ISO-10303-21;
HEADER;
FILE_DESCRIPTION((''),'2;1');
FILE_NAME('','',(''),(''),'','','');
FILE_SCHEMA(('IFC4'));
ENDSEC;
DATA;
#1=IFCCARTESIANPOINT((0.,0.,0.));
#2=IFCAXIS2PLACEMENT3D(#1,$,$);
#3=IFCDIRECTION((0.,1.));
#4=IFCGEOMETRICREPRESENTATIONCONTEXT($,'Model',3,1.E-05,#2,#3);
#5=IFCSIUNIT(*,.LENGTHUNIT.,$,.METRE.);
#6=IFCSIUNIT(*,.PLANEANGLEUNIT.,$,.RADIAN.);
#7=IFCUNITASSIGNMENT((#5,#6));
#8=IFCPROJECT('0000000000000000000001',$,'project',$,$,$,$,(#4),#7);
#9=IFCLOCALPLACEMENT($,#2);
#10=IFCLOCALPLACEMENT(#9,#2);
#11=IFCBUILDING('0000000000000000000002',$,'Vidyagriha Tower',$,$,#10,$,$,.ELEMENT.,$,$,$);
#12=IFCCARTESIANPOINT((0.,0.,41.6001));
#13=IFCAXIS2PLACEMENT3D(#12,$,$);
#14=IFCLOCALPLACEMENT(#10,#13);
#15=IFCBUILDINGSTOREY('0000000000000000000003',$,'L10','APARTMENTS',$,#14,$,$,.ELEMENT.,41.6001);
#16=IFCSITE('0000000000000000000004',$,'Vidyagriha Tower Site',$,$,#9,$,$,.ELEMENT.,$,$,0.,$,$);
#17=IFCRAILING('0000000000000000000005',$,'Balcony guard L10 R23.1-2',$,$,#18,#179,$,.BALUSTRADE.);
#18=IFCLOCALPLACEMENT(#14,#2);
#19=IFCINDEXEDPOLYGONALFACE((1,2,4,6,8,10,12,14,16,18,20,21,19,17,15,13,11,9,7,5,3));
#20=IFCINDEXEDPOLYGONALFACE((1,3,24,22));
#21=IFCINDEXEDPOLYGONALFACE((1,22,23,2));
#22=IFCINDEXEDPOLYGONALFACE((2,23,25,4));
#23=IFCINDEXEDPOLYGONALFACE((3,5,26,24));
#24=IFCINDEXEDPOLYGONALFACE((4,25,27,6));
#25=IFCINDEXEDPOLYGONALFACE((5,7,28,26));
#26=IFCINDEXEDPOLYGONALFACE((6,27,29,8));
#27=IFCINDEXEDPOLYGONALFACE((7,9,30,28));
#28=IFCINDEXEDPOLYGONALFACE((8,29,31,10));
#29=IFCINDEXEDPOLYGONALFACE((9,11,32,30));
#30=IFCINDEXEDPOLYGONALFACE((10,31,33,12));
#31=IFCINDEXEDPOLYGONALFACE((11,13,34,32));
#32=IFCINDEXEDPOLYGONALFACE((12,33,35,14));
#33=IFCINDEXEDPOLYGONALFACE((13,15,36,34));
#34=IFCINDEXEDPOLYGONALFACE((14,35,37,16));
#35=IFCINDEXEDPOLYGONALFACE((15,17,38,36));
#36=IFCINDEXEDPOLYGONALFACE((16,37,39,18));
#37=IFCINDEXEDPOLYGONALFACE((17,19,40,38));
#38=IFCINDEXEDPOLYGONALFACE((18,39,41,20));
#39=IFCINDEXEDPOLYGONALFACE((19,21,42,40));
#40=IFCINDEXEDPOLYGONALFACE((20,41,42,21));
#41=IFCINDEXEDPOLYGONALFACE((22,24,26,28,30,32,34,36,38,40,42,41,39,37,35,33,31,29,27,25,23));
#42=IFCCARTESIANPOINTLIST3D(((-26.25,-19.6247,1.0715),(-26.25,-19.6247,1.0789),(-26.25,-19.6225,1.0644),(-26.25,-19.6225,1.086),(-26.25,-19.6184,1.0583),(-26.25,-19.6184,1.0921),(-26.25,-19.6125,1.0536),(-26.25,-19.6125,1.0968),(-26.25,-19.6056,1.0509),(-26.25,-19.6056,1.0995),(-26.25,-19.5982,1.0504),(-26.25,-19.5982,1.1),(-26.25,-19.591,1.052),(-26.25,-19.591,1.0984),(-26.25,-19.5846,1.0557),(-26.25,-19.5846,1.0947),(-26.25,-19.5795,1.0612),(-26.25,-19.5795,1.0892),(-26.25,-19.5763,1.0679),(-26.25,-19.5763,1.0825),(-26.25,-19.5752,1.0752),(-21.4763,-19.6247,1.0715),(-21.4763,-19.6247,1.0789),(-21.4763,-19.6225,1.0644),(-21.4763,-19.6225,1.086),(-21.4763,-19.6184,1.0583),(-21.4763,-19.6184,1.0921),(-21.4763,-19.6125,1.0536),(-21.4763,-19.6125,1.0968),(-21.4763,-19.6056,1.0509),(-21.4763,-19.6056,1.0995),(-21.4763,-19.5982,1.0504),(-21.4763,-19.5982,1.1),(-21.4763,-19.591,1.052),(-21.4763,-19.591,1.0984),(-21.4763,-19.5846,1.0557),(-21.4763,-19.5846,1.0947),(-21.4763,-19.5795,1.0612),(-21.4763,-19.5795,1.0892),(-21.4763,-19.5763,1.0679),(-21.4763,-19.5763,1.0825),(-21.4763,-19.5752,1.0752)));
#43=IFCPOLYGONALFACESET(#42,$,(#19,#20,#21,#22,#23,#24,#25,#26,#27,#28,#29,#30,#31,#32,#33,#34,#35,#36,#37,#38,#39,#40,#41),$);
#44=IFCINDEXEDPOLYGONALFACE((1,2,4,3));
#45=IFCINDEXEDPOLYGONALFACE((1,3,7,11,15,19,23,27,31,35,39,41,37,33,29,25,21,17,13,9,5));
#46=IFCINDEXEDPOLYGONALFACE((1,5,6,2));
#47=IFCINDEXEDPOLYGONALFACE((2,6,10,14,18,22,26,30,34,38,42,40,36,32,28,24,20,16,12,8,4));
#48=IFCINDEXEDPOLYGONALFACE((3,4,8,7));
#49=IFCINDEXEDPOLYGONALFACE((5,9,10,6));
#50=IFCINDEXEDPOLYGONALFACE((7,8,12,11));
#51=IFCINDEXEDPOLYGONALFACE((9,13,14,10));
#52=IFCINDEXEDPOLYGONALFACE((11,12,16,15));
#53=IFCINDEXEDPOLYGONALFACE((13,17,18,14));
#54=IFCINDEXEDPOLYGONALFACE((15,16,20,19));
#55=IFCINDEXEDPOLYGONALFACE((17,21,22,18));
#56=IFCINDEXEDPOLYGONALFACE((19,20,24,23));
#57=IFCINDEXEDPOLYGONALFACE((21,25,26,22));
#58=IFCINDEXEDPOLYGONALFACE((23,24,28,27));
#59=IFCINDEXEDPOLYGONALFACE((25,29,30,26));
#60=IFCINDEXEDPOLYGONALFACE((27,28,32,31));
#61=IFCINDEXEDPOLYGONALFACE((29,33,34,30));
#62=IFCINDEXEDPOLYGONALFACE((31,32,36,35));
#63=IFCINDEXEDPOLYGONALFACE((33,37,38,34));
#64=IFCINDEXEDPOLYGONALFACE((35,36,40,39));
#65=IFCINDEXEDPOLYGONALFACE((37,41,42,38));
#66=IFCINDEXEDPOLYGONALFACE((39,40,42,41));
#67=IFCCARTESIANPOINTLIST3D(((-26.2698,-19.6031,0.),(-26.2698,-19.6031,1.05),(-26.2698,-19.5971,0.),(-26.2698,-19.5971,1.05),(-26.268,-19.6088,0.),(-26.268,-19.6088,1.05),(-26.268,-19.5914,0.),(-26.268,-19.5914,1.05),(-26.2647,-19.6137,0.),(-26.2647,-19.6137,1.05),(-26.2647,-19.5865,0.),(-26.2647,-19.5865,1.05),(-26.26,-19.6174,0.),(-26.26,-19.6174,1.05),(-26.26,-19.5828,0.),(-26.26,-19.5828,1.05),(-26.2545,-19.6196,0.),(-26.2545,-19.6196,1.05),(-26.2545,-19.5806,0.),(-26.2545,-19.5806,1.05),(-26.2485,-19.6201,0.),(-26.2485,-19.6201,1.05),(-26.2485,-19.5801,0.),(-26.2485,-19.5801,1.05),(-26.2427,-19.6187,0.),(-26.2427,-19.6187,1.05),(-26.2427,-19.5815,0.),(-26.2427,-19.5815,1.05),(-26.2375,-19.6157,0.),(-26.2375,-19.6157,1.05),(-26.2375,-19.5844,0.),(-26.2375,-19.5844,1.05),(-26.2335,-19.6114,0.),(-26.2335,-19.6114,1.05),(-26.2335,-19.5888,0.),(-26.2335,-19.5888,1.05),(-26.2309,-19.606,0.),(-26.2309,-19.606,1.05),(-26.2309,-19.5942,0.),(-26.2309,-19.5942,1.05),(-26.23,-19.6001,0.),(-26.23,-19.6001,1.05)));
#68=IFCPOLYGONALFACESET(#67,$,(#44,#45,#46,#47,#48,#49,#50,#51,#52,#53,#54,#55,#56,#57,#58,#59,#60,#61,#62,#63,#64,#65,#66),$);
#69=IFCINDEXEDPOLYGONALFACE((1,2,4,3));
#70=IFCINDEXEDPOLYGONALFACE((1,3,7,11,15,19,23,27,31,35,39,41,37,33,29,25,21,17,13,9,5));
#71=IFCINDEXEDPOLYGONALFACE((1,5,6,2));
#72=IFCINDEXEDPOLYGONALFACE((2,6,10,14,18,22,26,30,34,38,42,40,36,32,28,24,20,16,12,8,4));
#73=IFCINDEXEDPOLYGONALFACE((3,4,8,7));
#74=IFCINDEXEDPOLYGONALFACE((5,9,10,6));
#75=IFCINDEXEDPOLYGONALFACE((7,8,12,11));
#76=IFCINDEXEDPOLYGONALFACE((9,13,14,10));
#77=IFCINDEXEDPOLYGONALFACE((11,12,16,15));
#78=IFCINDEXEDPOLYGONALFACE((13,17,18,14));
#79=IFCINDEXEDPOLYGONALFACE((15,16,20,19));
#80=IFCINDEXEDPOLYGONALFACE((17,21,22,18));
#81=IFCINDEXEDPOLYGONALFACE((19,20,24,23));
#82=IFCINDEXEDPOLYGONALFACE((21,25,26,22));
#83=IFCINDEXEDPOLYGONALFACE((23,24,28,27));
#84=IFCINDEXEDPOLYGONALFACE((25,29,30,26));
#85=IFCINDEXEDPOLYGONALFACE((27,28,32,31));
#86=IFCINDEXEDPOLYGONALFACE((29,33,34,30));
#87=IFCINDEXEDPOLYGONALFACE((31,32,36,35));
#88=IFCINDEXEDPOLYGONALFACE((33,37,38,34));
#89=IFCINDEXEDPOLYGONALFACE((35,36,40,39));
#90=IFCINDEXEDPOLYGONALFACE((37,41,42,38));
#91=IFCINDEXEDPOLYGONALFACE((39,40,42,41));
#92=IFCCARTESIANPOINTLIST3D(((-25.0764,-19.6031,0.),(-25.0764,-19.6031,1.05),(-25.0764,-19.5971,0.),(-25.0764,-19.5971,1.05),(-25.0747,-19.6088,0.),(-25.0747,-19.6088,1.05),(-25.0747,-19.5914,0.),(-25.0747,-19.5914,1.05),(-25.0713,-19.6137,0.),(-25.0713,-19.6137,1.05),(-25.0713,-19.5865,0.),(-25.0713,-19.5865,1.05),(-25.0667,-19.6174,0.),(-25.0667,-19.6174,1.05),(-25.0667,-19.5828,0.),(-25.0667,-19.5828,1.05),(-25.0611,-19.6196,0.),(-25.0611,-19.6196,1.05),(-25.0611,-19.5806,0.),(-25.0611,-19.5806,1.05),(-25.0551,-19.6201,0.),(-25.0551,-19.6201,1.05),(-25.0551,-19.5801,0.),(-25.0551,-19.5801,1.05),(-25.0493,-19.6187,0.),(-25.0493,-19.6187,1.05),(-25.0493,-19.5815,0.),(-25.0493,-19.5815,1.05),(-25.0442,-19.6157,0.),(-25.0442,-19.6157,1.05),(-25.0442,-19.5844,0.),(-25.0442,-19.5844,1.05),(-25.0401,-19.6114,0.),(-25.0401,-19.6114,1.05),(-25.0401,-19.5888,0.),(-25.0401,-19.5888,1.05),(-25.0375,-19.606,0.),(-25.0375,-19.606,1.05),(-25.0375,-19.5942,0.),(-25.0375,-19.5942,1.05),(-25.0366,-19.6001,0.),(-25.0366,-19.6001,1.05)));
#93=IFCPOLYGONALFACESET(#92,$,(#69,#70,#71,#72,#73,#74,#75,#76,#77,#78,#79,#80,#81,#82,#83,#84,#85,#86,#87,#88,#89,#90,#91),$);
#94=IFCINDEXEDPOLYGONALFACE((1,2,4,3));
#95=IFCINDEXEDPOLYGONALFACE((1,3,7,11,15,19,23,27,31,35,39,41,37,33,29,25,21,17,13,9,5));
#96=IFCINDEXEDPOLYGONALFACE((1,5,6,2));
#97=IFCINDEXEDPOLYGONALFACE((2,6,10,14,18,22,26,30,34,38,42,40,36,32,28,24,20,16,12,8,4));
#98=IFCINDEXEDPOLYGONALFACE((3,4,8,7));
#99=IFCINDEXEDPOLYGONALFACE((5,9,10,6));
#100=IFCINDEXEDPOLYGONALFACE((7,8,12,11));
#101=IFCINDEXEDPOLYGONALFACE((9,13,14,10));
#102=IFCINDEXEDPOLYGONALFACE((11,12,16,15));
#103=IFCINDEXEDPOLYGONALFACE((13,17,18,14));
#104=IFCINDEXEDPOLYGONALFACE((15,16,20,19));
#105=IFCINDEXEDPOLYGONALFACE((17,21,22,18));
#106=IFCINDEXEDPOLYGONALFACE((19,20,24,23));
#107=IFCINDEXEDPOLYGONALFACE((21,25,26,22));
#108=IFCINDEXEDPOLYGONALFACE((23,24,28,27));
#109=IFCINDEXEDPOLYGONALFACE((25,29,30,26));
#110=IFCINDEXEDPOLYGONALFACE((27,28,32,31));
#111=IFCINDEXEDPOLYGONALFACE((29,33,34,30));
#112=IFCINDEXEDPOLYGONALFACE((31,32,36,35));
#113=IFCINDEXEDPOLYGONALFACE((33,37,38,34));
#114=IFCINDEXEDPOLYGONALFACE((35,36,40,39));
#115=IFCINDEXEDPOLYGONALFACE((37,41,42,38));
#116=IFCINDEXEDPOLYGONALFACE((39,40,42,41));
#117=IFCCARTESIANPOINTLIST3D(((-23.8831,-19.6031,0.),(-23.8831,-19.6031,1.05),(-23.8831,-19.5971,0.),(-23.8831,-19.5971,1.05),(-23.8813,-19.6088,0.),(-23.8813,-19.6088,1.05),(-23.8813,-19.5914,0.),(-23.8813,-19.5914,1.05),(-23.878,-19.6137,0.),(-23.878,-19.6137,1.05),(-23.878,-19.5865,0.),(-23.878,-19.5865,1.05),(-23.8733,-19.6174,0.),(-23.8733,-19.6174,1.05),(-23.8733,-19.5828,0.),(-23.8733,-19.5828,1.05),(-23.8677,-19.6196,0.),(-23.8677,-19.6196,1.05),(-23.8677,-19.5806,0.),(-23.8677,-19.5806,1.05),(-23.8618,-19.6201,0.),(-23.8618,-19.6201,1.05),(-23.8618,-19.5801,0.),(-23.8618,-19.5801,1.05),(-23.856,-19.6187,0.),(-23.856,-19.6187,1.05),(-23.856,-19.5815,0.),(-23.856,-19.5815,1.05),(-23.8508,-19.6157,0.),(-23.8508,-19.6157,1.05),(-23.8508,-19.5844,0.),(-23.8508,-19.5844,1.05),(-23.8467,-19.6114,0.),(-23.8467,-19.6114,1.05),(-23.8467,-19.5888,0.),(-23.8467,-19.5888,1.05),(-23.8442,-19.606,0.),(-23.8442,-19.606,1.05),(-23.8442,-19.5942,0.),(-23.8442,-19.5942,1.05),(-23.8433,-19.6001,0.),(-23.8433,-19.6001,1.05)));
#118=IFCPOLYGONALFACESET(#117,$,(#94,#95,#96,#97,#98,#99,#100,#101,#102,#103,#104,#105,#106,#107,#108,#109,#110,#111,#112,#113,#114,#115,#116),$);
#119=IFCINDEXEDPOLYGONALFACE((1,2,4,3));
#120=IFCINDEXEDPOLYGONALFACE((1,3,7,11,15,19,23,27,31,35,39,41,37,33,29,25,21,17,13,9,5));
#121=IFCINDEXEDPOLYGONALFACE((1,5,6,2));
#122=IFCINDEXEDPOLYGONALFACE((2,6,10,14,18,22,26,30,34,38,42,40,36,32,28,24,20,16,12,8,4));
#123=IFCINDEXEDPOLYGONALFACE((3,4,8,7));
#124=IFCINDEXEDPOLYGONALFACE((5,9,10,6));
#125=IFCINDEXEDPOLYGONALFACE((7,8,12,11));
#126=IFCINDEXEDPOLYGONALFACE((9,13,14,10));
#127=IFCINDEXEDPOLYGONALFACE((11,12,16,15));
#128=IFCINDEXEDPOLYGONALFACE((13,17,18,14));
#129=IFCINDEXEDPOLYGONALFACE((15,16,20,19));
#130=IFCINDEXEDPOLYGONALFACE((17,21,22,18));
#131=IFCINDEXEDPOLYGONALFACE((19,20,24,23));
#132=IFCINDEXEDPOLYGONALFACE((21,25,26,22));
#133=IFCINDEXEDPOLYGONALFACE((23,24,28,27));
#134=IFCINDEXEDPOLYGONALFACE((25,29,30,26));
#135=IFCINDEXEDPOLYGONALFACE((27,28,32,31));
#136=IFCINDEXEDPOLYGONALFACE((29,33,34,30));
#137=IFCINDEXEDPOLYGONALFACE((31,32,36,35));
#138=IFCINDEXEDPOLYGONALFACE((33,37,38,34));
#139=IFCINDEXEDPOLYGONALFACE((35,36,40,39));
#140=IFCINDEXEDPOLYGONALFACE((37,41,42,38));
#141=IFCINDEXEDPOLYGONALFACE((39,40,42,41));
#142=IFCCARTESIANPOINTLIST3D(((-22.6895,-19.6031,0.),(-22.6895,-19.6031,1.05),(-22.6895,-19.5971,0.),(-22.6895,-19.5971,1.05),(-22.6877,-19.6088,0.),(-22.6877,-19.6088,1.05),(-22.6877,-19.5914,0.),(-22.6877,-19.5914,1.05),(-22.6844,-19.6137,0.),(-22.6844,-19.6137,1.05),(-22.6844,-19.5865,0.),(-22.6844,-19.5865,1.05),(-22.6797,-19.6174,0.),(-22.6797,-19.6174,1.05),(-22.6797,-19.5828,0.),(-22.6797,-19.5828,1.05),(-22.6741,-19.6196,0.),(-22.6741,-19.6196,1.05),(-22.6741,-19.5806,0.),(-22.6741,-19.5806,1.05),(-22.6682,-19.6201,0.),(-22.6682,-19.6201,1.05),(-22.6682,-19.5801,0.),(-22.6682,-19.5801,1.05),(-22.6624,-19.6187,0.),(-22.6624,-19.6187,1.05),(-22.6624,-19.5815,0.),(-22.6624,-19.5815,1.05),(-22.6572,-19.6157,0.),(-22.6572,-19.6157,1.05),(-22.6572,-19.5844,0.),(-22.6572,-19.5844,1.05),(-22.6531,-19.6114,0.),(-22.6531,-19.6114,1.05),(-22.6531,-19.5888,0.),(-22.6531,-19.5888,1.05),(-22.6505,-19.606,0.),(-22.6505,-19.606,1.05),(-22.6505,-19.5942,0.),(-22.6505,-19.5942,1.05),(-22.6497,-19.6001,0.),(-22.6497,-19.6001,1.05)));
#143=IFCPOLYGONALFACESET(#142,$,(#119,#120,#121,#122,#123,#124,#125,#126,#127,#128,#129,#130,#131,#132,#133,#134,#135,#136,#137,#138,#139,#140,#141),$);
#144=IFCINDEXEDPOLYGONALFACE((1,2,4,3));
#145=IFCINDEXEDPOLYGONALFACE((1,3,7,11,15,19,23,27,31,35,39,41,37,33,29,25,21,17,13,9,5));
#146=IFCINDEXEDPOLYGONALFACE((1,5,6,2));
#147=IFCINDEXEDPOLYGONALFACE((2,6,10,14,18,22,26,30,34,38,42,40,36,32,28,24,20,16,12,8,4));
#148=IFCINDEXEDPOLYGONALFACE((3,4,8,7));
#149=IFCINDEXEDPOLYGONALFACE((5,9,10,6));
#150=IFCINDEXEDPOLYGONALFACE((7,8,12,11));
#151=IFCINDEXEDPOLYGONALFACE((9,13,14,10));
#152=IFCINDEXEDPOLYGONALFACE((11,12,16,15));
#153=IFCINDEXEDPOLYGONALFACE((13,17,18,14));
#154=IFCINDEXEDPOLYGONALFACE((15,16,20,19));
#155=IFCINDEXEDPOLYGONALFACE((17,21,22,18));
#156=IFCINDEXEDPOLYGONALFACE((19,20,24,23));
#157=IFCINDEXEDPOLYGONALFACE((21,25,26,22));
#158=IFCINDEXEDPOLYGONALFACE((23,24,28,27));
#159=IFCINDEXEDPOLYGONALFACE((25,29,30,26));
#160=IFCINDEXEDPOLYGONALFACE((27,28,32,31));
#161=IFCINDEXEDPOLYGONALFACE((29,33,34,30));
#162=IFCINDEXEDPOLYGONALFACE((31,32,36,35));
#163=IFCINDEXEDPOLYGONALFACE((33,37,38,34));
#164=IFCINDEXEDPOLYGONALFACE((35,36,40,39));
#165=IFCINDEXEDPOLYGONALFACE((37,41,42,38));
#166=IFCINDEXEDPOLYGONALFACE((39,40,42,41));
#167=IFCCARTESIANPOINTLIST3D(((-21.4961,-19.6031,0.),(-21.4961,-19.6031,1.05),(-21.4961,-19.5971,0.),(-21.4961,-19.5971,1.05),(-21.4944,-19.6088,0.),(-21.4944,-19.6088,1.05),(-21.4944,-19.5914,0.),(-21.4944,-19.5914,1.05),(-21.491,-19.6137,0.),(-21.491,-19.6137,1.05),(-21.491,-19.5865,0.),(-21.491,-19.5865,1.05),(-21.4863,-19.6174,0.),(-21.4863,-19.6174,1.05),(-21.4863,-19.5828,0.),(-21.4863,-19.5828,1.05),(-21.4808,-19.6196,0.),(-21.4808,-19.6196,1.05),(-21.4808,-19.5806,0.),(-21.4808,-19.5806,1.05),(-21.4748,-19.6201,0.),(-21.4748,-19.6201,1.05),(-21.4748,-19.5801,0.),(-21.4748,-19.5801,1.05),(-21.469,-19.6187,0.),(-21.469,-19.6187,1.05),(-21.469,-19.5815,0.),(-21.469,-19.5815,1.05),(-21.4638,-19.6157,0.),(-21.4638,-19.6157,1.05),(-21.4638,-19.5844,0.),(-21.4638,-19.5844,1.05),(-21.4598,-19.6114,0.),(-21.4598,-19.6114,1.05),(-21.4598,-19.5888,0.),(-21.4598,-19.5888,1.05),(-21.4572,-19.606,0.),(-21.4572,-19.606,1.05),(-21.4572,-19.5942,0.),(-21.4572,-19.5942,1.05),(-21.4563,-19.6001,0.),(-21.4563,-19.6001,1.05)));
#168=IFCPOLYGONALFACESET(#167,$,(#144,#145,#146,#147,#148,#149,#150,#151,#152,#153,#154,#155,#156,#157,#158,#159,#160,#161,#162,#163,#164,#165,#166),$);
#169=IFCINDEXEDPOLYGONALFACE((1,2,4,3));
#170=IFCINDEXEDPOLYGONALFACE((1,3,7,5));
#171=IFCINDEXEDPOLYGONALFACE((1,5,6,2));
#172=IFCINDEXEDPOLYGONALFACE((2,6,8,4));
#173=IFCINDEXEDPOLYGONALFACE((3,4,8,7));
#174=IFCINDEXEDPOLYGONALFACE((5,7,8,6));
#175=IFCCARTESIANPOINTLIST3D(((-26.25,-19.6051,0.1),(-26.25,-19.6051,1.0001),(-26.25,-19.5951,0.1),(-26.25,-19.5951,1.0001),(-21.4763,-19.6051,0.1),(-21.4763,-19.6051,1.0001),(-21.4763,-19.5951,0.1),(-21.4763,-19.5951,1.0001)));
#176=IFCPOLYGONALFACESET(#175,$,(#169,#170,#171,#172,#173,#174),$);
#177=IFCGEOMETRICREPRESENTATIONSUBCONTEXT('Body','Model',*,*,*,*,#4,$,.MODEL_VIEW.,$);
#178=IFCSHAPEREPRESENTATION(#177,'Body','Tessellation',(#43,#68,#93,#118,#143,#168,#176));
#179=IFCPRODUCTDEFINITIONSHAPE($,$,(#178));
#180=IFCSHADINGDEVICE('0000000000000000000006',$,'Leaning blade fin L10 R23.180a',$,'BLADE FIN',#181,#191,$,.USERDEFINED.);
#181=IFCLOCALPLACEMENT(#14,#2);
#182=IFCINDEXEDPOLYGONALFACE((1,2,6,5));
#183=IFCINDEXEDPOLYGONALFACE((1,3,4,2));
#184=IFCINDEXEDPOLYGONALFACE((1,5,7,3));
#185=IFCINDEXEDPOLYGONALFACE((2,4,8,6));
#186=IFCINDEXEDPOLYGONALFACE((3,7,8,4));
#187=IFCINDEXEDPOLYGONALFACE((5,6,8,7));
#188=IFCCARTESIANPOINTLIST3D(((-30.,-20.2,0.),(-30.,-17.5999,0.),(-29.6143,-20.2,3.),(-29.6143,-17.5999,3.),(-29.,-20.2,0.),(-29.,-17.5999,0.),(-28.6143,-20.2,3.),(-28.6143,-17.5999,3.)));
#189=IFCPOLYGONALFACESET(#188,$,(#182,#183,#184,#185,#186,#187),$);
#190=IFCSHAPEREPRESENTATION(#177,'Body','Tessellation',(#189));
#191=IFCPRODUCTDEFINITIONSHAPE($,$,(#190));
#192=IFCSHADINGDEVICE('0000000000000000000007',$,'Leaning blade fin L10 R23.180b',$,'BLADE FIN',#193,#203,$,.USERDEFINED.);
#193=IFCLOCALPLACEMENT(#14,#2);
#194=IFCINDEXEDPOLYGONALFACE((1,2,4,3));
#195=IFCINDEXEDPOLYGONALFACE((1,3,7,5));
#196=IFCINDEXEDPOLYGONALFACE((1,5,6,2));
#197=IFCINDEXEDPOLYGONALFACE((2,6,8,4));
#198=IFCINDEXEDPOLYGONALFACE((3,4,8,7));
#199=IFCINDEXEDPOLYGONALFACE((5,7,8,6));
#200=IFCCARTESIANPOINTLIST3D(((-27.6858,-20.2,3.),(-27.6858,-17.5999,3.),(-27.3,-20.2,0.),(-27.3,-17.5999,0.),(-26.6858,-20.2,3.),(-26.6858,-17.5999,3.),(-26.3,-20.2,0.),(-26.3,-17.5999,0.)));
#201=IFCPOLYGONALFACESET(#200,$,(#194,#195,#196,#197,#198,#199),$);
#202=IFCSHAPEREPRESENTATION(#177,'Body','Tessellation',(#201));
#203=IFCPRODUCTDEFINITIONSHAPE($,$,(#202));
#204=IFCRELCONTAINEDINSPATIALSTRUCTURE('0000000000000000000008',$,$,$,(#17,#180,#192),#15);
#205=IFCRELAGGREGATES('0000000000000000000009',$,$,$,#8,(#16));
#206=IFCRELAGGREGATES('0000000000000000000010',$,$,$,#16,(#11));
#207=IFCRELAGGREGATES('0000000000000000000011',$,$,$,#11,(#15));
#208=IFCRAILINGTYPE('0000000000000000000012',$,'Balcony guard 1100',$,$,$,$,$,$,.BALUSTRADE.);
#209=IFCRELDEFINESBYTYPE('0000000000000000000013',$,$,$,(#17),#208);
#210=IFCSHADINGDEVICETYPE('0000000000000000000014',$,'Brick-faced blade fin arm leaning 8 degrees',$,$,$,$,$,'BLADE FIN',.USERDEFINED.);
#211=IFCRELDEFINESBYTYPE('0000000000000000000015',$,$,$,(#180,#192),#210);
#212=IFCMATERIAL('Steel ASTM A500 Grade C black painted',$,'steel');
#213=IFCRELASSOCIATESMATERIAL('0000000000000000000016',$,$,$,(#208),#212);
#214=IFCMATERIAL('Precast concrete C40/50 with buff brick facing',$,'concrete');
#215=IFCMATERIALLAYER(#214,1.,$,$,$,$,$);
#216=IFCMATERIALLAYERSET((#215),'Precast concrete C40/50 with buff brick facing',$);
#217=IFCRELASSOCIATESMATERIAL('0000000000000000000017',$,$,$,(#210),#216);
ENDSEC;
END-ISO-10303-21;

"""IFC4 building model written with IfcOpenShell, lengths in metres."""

from ifc_helpers import new_model, si_unit, direction, frame, origin, origin_2d, place, context, subcontext, project, spatial, polyline, rectangle, circle, outline, extrude, material, layer, layer_set, type_object, element, save


model = new_model("IFC4")

# Units and contexts
model_context = context("Model", 3, precision=1e-05, world=origin(), true_north=direction((0.0, 1.0)))
body_context = subcontext(model_context, "Body", "Model", "MODEL_VIEW")
ifc_project = project(units=[si_unit("LENGTHUNIT", "METRE"), si_unit("PLANEANGLEUNIT", "RADIAN")], contexts=[model_context])

# Site, building, storey
site_placement = place(None, origin())
site = spatial("IfcSite", under=ifc_project, at=site_placement, Name="Vidyagriha Tower Site", CompositionType="ELEMENT", RefElevation=0.0)
building_placement = place(site_placement, origin())
building = spatial("IfcBuilding", under=site, at=building_placement, Name="Vidyagriha Tower", CompositionType="ELEMENT")
storey_placement = place(building_placement, frame((0.0, 0.0, 41.6001)))
storey = spatial("IfcBuildingStorey", under=building, at=storey_placement, Name="L10", Description="APARTMENTS", CompositionType="ELEMENT", Elevation=41.6001)

# Railing
ifc_material_1 = material(Name="Steel ASTM A500 Grade C black painted", Category="steel")
railing_type_1 = type_object("IfcRailingType", Name="Balcony guard 1100", PredefinedType="BALUSTRADE", material=ifc_material_1)
railing_1_placement = place(storey_placement, frame((-26.25, -19.6001, 0.0)))
element("IfcRailing", 1, at=railing_1_placement, inside=storey, type_object=railing_type_1, Name="Balcony guard L10 R23.1-2", PredefinedType="BALUSTRADE", context=body_context, shape_type="SweptSolid", body=[
    extrude(circle(Radius=0.0249, at=origin_2d()), frame((0.0, 0.0, 1.0752), z_axis=(1.0, 0.0, 0.0), x_axis=(0.0, 1.0, 0.0)), (0.0, 0.0, 1.0), 4.7737),
    extrude(circle(Radius=0.02, at=origin_2d()), origin(), (0.0, 0.0, 1.0), 1.05),
    extrude(circle(Radius=0.02, at=origin_2d()), frame((1.1934, 0.0, 0.0)), (0.0, 0.0, 1.0), 1.05),
    extrude(circle(Radius=0.02, at=origin_2d()), frame((2.3867, 0.0, 0.0)), (0.0, 0.0, 1.0), 1.05),
    extrude(circle(Radius=0.02, at=origin_2d()), frame((3.5803, 0.0, 0.0)), (0.0, 0.0, 1.0), 1.05),
    extrude(circle(Radius=0.02, at=origin_2d()), frame((4.7737, 0.0, 0.0)), (0.0, 0.0, 1.0), 1.05),
    extrude(rectangle(XDim=0.01, YDim=0.9001, at=origin_2d()), frame((0.0, 0.0, 0.55), z_axis=(1.0, 0.0, 0.0), x_axis=(0.0, 1.0, 0.0)), (0.0, 0.0, 1.0), 4.7737),
])

# Shading devices
ifc_material_2 = material(Name="Precast concrete C40/50 with buff brick facing", Category="concrete")
ifc_layer_1 = layer(ifc_material_2, 1.0)
ifc_layer_set_1 = layer_set([ifc_layer_1], Name="Precast concrete C40/50 with buff brick facing")
shading_device_type = type_object("IfcShadingDeviceType", Name="Brick-faced blade fin arm leaning 8 degrees", ElementType="BLADE FIN", PredefinedType="USERDEFINED", material=ifc_layer_set_1)
shading_device_1_placement = place(storey_placement, frame((-30.0, -18.8999, 0.0)))
element("IfcShadingDevice", 2, at=shading_device_1_placement, inside=storey, type_object=shading_device_type, Name="Leaning blade fin L10 R23.180a", ObjectType="BLADE FIN", PredefinedType="USERDEFINED", context=body_context, shape_type="SweptSolid", body=[
    extrude(outline(polyline([(0.0, 0.0), (1.0, 0.0), (1.3857, 3.0), (0.3857, 3.0), (0.0, 0.0)])), frame((0.0, 1.3, 0.0), z_axis=(0.0, -1.0, 0.0), x_axis=(1.0, 0.0, 0.0)), (0.0, 0.0, 1.0), 2.6001),
])
shading_device_2_placement = place(storey_placement, frame((-27.6858, -18.8999, 0.0)))
element("IfcShadingDevice", 3, at=shading_device_2_placement, inside=storey, type_object=shading_device_type, Name="Leaning blade fin L10 R23.180b", ObjectType="BLADE FIN", PredefinedType="USERDEFINED", context=body_context, shape_type="SweptSolid", body=[
    extrude(outline(polyline([(0.3857, 0.0), (1.3857, 0.0), (1.0, 3.0), (0.0, 3.0), (0.3857, 0.0)])), frame((0.0, 1.3, 0.0), z_axis=(0.0, -1.0, 0.0), x_axis=(1.0, 0.0, 0.0)), (0.0, 0.0, 1.0), 2.6001),
])

save(model, "model.ifc")
